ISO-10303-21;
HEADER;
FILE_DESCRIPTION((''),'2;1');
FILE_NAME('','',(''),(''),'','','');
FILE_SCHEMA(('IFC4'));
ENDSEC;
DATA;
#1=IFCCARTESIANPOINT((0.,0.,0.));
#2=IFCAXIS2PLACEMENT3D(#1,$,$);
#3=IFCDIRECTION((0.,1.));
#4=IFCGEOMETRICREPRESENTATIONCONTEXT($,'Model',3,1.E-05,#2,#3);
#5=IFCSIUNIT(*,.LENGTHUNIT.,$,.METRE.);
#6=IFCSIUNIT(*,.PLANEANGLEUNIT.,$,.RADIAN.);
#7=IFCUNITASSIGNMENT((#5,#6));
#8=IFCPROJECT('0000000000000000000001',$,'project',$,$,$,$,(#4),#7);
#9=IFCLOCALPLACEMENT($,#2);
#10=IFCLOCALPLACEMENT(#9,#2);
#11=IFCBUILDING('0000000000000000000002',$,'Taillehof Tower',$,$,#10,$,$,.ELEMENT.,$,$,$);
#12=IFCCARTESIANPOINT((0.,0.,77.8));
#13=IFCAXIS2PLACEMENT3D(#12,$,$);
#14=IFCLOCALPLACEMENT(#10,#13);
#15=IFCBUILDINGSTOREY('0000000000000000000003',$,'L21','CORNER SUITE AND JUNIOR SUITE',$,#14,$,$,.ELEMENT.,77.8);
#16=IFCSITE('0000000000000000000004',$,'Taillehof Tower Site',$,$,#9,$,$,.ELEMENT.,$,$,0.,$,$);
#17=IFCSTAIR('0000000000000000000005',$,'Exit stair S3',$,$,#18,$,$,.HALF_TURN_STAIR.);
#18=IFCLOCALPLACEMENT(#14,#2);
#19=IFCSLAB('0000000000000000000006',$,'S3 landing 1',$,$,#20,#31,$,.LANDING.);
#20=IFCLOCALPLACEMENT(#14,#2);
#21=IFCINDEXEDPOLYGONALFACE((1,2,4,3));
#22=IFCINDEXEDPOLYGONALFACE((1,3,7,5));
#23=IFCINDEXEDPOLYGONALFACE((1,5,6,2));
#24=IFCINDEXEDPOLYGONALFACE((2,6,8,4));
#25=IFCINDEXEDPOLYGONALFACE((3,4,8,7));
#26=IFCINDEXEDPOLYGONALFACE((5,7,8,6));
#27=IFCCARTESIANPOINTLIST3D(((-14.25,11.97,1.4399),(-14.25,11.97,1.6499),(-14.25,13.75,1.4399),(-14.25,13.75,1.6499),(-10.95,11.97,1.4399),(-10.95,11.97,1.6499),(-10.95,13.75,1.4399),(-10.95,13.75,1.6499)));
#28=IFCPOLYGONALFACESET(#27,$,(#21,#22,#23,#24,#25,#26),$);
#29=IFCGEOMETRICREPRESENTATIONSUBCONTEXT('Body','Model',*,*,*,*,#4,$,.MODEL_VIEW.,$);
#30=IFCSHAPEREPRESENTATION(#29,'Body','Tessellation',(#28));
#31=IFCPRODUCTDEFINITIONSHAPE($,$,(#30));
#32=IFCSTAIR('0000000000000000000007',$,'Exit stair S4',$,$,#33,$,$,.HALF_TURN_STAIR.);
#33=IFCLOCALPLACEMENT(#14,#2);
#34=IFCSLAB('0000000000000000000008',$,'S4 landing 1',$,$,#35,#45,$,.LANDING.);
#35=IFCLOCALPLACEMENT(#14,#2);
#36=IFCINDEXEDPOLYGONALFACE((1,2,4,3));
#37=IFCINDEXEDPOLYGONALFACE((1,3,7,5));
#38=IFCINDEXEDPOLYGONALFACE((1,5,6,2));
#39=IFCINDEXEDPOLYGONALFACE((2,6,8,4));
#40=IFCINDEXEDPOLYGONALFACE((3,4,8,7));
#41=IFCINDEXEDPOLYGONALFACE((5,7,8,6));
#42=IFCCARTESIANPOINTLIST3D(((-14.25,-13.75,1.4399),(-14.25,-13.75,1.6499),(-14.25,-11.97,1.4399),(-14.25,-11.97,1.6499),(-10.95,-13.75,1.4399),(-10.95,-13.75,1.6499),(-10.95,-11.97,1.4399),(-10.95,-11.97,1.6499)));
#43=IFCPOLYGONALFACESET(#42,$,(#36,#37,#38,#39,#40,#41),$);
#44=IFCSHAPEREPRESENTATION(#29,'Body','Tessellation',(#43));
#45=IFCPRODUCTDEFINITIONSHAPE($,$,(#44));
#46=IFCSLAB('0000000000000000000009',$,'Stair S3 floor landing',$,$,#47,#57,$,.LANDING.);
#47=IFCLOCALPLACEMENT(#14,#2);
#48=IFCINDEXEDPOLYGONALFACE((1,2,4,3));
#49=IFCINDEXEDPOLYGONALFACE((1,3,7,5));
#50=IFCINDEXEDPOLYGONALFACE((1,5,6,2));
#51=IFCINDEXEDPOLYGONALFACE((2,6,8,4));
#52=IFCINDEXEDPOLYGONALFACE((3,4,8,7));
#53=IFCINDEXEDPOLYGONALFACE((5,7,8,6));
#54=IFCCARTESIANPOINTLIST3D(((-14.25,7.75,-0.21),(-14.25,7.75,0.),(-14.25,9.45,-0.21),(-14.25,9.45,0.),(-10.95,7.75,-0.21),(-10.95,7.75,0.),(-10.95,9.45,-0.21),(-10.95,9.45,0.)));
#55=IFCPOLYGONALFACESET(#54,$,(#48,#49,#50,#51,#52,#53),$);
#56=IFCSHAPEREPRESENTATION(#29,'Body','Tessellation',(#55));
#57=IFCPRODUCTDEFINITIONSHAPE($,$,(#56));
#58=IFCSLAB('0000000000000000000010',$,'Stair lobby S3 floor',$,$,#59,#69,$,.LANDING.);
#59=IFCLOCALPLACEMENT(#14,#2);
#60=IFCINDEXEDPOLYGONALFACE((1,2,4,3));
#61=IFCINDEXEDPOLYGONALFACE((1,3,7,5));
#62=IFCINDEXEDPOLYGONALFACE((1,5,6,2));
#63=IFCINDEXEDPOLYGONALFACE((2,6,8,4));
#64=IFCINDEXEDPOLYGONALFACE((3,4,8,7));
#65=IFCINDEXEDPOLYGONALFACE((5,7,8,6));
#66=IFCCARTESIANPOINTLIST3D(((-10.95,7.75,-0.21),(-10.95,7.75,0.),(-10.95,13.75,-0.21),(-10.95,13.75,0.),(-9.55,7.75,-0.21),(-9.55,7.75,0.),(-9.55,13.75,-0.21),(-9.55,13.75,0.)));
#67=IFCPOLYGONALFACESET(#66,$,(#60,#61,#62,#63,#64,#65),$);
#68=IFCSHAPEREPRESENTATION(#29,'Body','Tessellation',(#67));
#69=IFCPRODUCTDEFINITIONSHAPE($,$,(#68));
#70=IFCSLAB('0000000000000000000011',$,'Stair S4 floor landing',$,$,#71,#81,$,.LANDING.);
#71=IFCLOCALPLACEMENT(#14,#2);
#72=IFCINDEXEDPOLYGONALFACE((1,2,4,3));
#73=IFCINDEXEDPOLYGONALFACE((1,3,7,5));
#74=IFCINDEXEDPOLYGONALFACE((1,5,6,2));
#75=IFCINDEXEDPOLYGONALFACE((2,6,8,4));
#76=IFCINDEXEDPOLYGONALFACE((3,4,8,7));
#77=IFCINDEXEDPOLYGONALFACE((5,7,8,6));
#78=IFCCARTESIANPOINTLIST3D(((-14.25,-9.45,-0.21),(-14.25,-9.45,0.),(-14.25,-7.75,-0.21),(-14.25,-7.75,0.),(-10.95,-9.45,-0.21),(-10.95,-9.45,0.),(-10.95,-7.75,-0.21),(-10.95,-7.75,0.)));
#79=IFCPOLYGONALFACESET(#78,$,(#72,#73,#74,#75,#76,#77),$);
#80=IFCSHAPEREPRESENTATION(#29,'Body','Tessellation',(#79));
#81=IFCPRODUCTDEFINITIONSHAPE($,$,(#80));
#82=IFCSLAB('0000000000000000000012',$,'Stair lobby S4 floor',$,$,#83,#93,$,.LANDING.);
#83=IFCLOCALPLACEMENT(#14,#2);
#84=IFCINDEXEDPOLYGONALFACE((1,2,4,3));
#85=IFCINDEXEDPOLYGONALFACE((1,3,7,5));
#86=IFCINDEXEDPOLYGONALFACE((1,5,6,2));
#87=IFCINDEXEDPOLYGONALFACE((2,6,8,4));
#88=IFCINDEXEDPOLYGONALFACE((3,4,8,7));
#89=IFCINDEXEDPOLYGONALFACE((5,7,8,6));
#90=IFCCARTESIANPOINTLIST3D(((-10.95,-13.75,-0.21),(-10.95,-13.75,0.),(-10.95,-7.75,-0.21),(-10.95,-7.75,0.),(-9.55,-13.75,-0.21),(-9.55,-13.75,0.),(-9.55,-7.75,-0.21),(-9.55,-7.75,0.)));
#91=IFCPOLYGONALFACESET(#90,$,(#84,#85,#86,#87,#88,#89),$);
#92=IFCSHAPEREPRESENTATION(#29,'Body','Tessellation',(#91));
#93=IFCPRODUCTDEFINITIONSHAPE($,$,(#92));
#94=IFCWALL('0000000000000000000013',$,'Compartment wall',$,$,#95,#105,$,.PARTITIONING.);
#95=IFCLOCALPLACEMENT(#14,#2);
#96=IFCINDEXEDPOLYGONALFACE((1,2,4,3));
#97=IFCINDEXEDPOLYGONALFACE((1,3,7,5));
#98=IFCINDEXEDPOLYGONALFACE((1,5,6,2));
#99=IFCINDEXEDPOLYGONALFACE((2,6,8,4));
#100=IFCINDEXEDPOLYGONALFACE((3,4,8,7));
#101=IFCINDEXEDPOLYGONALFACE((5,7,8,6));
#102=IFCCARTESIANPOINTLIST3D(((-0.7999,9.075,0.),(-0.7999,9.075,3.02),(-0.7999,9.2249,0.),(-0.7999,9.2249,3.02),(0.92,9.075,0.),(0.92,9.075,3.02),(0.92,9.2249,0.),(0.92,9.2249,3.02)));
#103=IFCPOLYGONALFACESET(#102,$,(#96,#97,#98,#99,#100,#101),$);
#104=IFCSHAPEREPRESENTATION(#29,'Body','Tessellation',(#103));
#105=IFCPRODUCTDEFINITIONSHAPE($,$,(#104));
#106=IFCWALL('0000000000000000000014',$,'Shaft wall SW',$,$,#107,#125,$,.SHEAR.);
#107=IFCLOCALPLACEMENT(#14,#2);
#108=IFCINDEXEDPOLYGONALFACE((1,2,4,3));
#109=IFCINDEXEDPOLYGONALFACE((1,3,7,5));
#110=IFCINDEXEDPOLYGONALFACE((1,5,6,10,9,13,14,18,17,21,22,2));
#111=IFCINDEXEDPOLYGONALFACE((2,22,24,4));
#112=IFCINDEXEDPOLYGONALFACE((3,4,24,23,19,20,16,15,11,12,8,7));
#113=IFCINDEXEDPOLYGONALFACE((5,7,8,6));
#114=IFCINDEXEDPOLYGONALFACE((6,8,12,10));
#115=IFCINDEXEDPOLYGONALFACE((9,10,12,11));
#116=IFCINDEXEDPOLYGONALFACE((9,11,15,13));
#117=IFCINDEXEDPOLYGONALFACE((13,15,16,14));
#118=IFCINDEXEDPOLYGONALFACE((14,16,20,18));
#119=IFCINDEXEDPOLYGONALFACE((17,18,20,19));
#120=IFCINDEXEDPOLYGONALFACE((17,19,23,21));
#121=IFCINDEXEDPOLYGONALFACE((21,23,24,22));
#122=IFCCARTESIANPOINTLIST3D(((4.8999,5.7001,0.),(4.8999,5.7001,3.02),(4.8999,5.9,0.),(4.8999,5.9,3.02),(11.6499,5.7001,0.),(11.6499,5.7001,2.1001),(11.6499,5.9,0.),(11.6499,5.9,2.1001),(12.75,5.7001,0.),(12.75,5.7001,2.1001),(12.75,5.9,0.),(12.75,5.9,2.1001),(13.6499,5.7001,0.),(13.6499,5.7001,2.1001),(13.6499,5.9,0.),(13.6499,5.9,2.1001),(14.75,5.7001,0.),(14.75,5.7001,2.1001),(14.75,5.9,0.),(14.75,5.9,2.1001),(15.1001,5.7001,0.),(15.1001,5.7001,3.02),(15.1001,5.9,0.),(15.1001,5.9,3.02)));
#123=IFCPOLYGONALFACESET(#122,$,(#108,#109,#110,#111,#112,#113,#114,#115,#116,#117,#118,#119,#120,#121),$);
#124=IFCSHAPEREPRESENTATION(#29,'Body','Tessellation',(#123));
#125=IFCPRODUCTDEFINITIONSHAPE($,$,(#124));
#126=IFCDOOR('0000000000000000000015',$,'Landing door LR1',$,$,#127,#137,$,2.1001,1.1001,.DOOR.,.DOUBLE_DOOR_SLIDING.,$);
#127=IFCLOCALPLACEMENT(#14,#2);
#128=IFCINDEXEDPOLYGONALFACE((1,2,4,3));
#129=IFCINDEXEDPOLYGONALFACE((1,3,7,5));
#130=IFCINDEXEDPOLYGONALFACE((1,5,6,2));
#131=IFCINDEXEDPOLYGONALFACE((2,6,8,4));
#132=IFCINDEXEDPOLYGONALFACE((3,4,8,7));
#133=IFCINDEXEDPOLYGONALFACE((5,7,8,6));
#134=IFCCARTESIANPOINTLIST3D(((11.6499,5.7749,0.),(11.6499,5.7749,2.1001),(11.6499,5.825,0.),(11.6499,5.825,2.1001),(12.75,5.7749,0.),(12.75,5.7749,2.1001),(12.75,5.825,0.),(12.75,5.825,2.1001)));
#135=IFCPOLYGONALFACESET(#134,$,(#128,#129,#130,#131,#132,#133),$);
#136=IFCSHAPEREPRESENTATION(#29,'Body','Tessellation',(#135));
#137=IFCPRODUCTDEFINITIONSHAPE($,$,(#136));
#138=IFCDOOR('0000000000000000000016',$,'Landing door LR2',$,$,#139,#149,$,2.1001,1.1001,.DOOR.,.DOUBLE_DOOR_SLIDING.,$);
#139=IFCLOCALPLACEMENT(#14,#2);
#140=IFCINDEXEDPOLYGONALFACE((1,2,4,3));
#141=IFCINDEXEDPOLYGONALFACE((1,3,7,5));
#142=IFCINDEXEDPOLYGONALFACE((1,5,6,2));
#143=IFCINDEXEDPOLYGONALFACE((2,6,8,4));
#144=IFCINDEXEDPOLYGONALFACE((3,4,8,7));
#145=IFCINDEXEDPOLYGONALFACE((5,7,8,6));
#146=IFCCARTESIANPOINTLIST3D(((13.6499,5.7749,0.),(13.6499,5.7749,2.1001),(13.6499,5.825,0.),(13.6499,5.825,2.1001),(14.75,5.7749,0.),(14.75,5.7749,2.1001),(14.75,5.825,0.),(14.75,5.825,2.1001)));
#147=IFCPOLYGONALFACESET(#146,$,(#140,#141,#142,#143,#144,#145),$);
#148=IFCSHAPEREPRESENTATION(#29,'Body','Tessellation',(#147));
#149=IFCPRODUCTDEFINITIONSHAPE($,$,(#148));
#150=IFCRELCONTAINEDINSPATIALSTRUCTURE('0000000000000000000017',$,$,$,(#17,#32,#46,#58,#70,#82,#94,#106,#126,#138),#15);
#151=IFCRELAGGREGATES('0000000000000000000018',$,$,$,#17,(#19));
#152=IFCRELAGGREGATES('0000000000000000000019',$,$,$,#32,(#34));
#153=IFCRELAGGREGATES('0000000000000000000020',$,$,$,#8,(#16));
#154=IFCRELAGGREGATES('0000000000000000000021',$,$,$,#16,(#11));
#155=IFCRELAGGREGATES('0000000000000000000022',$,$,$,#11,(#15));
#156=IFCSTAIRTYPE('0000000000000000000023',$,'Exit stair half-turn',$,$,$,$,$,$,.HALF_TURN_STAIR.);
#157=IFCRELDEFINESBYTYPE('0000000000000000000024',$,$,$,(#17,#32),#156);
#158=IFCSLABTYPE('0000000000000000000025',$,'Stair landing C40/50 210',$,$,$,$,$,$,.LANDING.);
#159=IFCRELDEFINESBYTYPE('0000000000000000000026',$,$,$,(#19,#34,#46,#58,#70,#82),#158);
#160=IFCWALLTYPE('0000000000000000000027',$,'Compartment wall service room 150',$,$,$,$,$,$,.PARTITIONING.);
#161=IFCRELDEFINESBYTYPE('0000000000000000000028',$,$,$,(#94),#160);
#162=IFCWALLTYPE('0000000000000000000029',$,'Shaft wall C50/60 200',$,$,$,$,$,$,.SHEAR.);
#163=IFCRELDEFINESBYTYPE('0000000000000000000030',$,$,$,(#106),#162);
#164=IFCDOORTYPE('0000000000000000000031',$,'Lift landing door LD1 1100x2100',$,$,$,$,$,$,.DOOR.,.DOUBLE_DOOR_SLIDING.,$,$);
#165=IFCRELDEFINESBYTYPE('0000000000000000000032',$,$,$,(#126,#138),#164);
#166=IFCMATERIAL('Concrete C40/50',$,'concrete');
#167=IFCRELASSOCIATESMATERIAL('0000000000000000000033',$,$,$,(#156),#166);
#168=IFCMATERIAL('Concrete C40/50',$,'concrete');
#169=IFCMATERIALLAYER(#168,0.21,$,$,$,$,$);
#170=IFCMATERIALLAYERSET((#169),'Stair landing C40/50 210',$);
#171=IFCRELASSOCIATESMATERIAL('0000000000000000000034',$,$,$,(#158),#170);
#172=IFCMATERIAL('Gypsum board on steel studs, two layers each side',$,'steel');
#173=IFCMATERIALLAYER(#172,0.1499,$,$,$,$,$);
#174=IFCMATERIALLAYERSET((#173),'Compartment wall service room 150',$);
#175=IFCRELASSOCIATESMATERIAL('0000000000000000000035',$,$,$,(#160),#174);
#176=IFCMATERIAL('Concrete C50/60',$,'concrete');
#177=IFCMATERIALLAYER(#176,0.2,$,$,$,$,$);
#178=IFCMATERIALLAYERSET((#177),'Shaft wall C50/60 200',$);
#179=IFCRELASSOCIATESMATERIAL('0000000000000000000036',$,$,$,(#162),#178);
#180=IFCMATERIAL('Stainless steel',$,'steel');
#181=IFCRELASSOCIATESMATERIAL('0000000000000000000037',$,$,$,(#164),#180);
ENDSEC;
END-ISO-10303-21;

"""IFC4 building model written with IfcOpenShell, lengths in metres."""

from ifc_helpers import new_model, si_unit, direction, frame, frame_2d, origin, place, context, subcontext, project, spatial, polyline, rectangle, outline, extrude, material, layer, layer_set, type_object, element, fill, aggregate, save


model = new_model("IFC4")

# Units and contexts
model_context = context("Model", 3, precision=1e-05, world=origin(), true_north=direction((0.0, 1.0)))
body_context = subcontext(model_context, "Body", "Model", "MODEL_VIEW")
ifc_project = project(units=[si_unit("LENGTHUNIT", "METRE"), si_unit("PLANEANGLEUNIT", "RADIAN")], contexts=[model_context])

# Site, building, storey
site_placement = place(None, origin())
site = spatial("IfcSite", under=ifc_project, at=site_placement, Name="Taillehof Tower Site", CompositionType="ELEMENT", RefElevation=0.0)
building_placement = place(site_placement, origin())
building = spatial("IfcBuilding", under=site, at=building_placement, Name="Taillehof Tower", CompositionType="ELEMENT")
storey_placement = place(building_placement, frame((0.0, 0.0, 77.8)))
storey = spatial("IfcBuildingStorey", under=building, at=storey_placement, Name="L21", Description="CORNER SUITE AND JUNIOR SUITE", CompositionType="ELEMENT", Elevation=77.8)

# Stairs, slabs
ifc_material_1 = material(Name="Concrete C40/50", Category="concrete")
stair_type = type_object("IfcStairType", Name="Exit stair half-turn", PredefinedType="HALF_TURN_STAIR", material=ifc_material_1)
ifc_material_2 = material(Name="Concrete C40/50", Category="concrete")
ifc_layer_1 = layer(ifc_material_2, 0.21)
ifc_layer_set_1 = layer_set([ifc_layer_1], Name="Stair landing C40/50 210")
slab_type_1 = type_object("IfcSlabType", Name="Stair landing C40/50 210", PredefinedType="LANDING", material=ifc_layer_set_1)
stair_1_placement = place(storey_placement, origin())
stair_1 = element("IfcStair", 1, at=stair_1_placement, inside=storey, type_object=stair_type, Name="Exit stair S3", PredefinedType="HALF_TURN_STAIR")
slab_1_placement = place(storey_placement, frame((0.0, 0.0, 1.4399)))
slab_1 = element("IfcSlab", 2, at=slab_1_placement, type_object=slab_type_1, Name="S3 landing 1", PredefinedType="LANDING", context=body_context, shape_type="SweptSolid", body=[
    extrude(outline(polyline([(-14.25, 11.97), (-14.25, 13.75), (-10.95, 13.75), (-10.95, 11.97), (-14.25, 11.97)])), origin(), (0.0, 0.0, 1.0), 0.21),
])
aggregate(stair_1, [slab_1])
stair_2_placement = place(storey_placement, origin())
stair_2 = element("IfcStair", 3, at=stair_2_placement, inside=storey, type_object=stair_type, Name="Exit stair S4", PredefinedType="HALF_TURN_STAIR")
slab_2_placement = place(storey_placement, frame((0.0, 0.0, 1.4399)))
slab_2 = element("IfcSlab", 4, at=slab_2_placement, type_object=slab_type_1, Name="S4 landing 1", PredefinedType="LANDING", context=body_context, shape_type="SweptSolid", body=[
    extrude(outline(polyline([(-14.25, -11.97), (-14.25, -13.75), (-10.95, -13.75), (-10.95, -11.97), (-14.25, -11.97)])), origin(), (0.0, 0.0, 1.0), 0.21),
])
aggregate(stair_2, [slab_2])

# Slabs
slab_3_placement = place(storey_placement, frame((0.0, 0.0, -0.21)))
element("IfcSlab", 5, at=slab_3_placement, inside=storey, type_object=slab_type_1, Name="Stair S3 floor landing", PredefinedType="LANDING", context=body_context, shape_type="SweptSolid", body=[
    extrude(outline(polyline([(-14.25, 7.75), (-14.25, 9.45), (-10.95, 9.45), (-10.95, 7.75), (-14.25, 7.75)])), origin(), (0.0, 0.0, 1.0), 0.21),
])
slab_4_placement = place(storey_placement, frame((0.0, 0.0, -0.21)))
element("IfcSlab", 6, at=slab_4_placement, inside=storey, type_object=slab_type_1, Name="Stair lobby S3 floor", PredefinedType="LANDING", context=body_context, shape_type="SweptSolid", body=[
    extrude(outline(polyline([(-10.95, 7.75), (-9.55, 7.75), (-9.55, 13.75), (-10.95, 13.75), (-10.95, 7.75)])), origin(), (0.0, 0.0, 1.0), 0.21),
])
slab_5_placement = place(storey_placement, frame((0.0, 0.0, -0.21)))
element("IfcSlab", 7, at=slab_5_placement, inside=storey, type_object=slab_type_1, Name="Stair S4 floor landing", PredefinedType="LANDING", context=body_context, shape_type="SweptSolid", body=[
    extrude(outline(polyline([(-14.25, -7.75), (-14.25, -9.45), (-10.95, -9.45), (-10.95, -7.75), (-14.25, -7.75)])), origin(), (0.0, 0.0, 1.0), 0.21),
])
slab_6_placement = place(storey_placement, frame((0.0, 0.0, -0.21)))
element("IfcSlab", 8, at=slab_6_placement, inside=storey, type_object=slab_type_1, Name="Stair lobby S4 floor", PredefinedType="LANDING", context=body_context, shape_type="SweptSolid", body=[
    extrude(outline(polyline([(-10.95, -13.75), (-9.55, -13.75), (-9.55, -7.75), (-10.95, -7.75), (-10.95, -13.75)])), origin(), (0.0, 0.0, 1.0), 0.21),
])

# Wall
ifc_material_3 = material(Name="Gypsum board on steel studs, two layers each side", Category="steel")
ifc_layer_2 = layer(ifc_material_3, 0.1499)
ifc_layer_set_2 = layer_set([ifc_layer_2], Name="Compartment wall service room 150")
wall_type_1 = type_object("IfcWallType", Name="Compartment wall service room 150", PredefinedType="PARTITIONING", material=ifc_layer_set_2)
wall_1_placement = place(storey_placement, frame((0.9199, 9.1499, 0.0), z_axis=(0.0, 0.0, 1.0), x_axis=(-1.0, 0.0, 0.0)))
element("IfcWall", 9, at=wall_1_placement, inside=storey, type_object=wall_type_1, Name="Compartment wall", PredefinedType="PARTITIONING", context=body_context, shape_type="SweptSolid", body=[
    extrude(rectangle(XDim=1.72, YDim=0.1499, at=frame_2d((0.8599, 0.0))), origin(), (0.0, 0.0, 1.0), 3.02),
])

# Wall, openings, doors
ifc_material_4 = material(Name="Concrete C50/60", Category="concrete")
ifc_layer_3 = layer(ifc_material_4, 0.2)
ifc_layer_set_3 = layer_set([ifc_layer_3], Name="Shaft wall C50/60 200")
wall_type_2 = type_object("IfcWallType", Name="Shaft wall C50/60 200", PredefinedType="SHEAR", material=ifc_layer_set_3)
wall_2_placement = place(storey_placement, frame((4.8999, 5.8, 0.0), z_axis=(0.0, 0.0, 1.0), x_axis=(1.0, 0.0, 0.0)))
wall_2 = element("IfcWall", 10, at=wall_2_placement, inside=storey, type_object=wall_type_2, Name="Shaft wall SW", PredefinedType="SHEAR", context=body_context, shape_type="SweptSolid", body=[
    extrude(rectangle(XDim=10.2002, YDim=0.2, at=frame_2d((5.1001, 0.0))), origin(), (0.0, 0.0, 1.0), 3.02),
])
opening_1_placement = place(wall_2_placement, frame((6.75, 0.0, 0.0)))
opening_1 = element("IfcOpeningElement", 11, at=opening_1_placement, cuts=wall_2, PredefinedType="OPENING", context=body_context, shape_type="SweptSolid", body=[
    extrude(rectangle(XDim=1.1001, YDim=2.1001, at=frame_2d((0.55, 1.05))), frame((0.0, 0.1099, 0.0), z_axis=(0.0, -1.0, 0.0), x_axis=(1.0, 0.0, 0.0)), (0.0, 0.0, 1.0), 0.22),
])
opening_2_placement = place(wall_2_placement, frame((8.75, 0.0, 0.0)))
opening_2 = element("IfcOpeningElement", 12, at=opening_2_placement, cuts=wall_2, PredefinedType="OPENING", context=body_context, shape_type="SweptSolid", body=[
    extrude(rectangle(XDim=1.1001, YDim=2.1001, at=frame_2d((0.55, 1.05))), frame((0.0, 0.1099, 0.0), z_axis=(0.0, -1.0, 0.0), x_axis=(1.0, 0.0, 0.0)), (0.0, 0.0, 1.0), 0.22),
])
ifc_material_5 = material(Name="Stainless steel", Category="steel")
door_type_1 = type_object("IfcDoorType", Name="Lift landing door LD1 1100x2100", OperationType="DOUBLE_DOOR_SLIDING", PredefinedType="DOOR", material=ifc_material_5)
door_1_placement = place(opening_1_placement, origin())
door_1 = element("IfcDoor", 13, at=door_1_placement, inside=storey, type_object=door_type_1, Name="Landing door LR1", OperationType="DOUBLE_DOOR_SLIDING", OverallHeight=2.1001, OverallWidth=1.1001, PredefinedType="DOOR", context=body_context, shape_type="SweptSolid", body=[
    extrude(rectangle(XDim=1.1001, YDim=2.1001, at=frame_2d((0.55, 1.05))), frame((0.0, 0.0249, 0.0), z_axis=(0.0, -1.0, 0.0), x_axis=(1.0, 0.0, 0.0)), (0.0, 0.0, 1.0), 0.05),
])
fill(opening_1, door_1)
door_2_placement = place(opening_2_placement, origin())
door_2 = element("IfcDoor", 14, at=door_2_placement, inside=storey, type_object=door_type_1, Name="Landing door LR2", OperationType="DOUBLE_DOOR_SLIDING", OverallHeight=2.1001, OverallWidth=1.1001, PredefinedType="DOOR", context=body_context, shape_type="SweptSolid", body=[
    extrude(rectangle(XDim=1.1001, YDim=2.1001, at=frame_2d((0.55, 1.05))), frame((0.0, 0.0249, 0.0), z_axis=(0.0, -1.0, 0.0), x_axis=(1.0, 0.0, 0.0)), (0.0, 0.0, 1.0), 0.05),
])
fill(opening_2, door_2)

save(model, "model.ifc")
